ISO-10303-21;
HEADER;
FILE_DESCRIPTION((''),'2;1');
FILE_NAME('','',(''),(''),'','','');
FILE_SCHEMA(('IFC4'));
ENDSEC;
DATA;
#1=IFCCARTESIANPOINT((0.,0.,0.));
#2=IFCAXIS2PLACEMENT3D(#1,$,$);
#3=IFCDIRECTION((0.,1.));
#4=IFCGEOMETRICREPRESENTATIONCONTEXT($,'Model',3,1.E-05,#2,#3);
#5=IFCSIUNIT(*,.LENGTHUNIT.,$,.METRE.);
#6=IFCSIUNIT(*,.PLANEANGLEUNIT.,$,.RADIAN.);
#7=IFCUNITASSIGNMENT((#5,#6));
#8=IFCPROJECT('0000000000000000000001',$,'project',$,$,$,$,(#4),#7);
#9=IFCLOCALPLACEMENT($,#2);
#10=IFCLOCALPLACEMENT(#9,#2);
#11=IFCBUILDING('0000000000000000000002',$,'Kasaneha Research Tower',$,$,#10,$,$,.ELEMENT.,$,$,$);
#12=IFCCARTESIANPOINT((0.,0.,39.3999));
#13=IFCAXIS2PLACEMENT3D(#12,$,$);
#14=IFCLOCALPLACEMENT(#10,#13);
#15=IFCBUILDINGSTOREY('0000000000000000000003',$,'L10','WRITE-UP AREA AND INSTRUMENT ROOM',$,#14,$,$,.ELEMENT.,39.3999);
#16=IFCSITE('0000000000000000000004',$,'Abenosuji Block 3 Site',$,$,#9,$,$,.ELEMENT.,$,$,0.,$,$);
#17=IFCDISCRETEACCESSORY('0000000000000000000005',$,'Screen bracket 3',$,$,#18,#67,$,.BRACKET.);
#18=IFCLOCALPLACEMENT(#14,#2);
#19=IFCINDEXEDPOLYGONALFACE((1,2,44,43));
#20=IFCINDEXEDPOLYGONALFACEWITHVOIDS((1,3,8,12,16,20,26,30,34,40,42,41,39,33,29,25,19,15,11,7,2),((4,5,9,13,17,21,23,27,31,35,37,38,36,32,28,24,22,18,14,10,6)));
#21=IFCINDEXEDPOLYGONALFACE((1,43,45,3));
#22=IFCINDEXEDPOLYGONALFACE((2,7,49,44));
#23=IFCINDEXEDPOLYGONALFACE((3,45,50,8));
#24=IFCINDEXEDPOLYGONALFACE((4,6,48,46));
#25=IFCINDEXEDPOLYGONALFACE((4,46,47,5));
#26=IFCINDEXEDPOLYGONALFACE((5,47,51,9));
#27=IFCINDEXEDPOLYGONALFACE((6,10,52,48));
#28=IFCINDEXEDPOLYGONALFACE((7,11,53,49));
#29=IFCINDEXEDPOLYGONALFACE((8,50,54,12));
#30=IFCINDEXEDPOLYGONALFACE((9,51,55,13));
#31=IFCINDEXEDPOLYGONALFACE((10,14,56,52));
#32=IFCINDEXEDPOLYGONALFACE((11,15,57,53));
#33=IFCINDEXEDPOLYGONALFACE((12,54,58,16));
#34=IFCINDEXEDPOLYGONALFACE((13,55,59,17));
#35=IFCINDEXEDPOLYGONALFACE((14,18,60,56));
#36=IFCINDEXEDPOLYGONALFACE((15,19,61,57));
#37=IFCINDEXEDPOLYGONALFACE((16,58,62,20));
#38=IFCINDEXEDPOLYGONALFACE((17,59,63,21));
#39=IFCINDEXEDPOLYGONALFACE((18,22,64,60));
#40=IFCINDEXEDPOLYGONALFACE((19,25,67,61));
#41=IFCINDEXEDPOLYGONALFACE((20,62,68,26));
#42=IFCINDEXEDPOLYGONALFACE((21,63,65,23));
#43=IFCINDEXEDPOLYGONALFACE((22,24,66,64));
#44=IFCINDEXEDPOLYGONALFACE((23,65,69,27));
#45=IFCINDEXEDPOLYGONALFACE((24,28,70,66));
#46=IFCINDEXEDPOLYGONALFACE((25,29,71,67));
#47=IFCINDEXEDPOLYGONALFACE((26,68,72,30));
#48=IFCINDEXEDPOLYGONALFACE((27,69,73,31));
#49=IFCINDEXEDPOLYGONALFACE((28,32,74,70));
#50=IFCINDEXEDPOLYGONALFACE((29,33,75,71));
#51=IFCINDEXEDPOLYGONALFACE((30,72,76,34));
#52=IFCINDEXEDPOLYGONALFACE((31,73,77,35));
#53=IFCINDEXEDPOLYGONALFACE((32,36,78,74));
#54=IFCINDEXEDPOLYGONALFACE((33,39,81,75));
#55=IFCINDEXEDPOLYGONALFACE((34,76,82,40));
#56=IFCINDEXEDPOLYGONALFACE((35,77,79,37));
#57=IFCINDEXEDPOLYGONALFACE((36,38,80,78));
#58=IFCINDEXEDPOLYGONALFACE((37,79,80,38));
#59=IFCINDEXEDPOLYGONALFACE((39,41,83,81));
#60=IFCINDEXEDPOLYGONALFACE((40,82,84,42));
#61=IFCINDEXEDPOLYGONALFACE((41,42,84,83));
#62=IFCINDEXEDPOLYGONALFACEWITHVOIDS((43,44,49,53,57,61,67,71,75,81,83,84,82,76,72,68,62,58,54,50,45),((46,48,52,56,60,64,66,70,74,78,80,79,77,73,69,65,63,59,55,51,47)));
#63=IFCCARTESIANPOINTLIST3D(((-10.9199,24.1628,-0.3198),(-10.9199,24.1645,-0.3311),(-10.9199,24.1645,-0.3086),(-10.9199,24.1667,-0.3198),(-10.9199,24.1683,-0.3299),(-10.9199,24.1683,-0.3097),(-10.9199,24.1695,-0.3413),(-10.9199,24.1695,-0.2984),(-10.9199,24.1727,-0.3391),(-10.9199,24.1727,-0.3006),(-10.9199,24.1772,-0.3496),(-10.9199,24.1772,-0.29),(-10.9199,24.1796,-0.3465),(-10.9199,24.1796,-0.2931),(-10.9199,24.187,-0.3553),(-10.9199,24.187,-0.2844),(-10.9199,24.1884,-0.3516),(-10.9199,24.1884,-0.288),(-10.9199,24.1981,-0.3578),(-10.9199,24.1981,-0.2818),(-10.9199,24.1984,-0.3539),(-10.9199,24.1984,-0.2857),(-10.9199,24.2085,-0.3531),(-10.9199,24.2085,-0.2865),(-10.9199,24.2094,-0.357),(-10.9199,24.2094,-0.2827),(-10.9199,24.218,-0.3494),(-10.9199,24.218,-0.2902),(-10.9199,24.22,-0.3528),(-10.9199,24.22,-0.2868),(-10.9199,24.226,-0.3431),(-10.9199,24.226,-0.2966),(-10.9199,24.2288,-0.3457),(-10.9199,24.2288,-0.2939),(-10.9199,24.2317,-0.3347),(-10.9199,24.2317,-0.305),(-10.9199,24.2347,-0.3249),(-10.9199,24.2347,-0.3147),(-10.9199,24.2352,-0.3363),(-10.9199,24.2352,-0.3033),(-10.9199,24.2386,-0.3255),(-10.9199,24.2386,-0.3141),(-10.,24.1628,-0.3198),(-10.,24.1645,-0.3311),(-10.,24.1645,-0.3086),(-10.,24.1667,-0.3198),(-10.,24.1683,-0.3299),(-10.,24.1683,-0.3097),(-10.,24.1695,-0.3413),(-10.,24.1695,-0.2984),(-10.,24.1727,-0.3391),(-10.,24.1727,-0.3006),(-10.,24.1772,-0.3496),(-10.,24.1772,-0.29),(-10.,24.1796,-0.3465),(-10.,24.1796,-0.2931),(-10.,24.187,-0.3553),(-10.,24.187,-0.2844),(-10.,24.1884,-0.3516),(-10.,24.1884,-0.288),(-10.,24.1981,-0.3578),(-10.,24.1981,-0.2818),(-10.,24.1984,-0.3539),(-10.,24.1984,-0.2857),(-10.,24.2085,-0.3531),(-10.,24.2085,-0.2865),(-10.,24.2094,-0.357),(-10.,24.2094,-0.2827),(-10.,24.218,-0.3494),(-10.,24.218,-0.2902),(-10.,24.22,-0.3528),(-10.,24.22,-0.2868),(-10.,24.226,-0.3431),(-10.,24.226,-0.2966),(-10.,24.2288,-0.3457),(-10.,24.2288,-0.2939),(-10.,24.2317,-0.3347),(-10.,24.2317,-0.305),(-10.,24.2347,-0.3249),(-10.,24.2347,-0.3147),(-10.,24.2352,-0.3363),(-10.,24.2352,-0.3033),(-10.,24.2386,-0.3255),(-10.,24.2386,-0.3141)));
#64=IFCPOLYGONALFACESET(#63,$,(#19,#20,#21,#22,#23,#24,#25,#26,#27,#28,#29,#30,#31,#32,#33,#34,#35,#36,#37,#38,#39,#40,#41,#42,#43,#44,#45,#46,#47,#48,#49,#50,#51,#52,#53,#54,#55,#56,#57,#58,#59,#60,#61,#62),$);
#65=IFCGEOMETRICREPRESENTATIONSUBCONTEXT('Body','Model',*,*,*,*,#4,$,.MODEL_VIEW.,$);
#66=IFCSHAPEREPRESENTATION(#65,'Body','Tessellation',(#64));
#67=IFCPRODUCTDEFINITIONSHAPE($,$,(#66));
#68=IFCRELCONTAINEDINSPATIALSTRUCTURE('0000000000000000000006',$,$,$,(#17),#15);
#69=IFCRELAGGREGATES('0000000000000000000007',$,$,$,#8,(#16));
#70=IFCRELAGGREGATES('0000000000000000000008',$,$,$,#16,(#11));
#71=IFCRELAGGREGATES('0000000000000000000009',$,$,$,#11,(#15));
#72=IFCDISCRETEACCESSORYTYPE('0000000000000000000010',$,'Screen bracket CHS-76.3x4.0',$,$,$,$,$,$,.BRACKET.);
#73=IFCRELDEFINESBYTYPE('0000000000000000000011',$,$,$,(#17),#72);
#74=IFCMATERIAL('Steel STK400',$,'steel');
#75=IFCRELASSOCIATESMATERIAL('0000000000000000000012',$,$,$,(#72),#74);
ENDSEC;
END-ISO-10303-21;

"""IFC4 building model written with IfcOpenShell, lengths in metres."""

from ifc_helpers import new_model, si_unit, direction, frame, origin, origin_2d, place, context, subcontext, project, spatial, hollow_circle, extrude, material, material_profile, profile_set, type_object, element, save


model = new_model("IFC4")

# Units and contexts
model_context = context("Model", 3, precision=1e-05, world=origin(), true_north=direction((0.0, 1.0)))
body_context = subcontext(model_context, "Body", "Model", "MODEL_VIEW")
ifc_project = project(units=[si_unit("LENGTHUNIT", "METRE"), si_unit("PLANEANGLEUNIT", "RADIAN")], contexts=[model_context])

# Site, building, storey
site_placement = place(None, origin())
site = spatial("IfcSite", under=ifc_project, at=site_placement, Name="Abenosuji Block 3 Site", CompositionType="ELEMENT", RefElevation=0.0)
building_placement = place(site_placement, origin())
building = spatial("IfcBuilding", under=site, at=building_placement, Name="Kasaneha Research Tower", CompositionType="ELEMENT")
storey_placement = place(building_placement, frame((0.0, 0.0, 39.3999)))
storey = spatial("IfcBuildingStorey", under=building, at=storey_placement, Name="L10", Description="WRITE-UP AREA AND INSTRUMENT ROOM", CompositionType="ELEMENT", Elevation=39.3999)

# Discrete accessory
ifc_material_1 = material(Name="Steel STK400", Category="steel")
ifc_material_profile_1 = material_profile(ifc_material_1, hollow_circle(Radius=0.0381, WallThickness=0.0039, at=origin_2d()), Name="CHS-76.3x4.0")
ifc_profile_set_1 = profile_set([ifc_material_profile_1], Name="Steel STK400")
discrete_accessory_type = type_object("IfcDiscreteAccessoryType", Name="Screen bracket CHS-76.3x4.0", PredefinedType="BRACKET", material=ifc_profile_set_1)
for number, where, z_axis, x_axis, name in (
    (1, (-10.0, 24.2009, -0.3198), (-1.0, 0.0, 0.0), (0.0, -1.0, 0.0), "Screen bracket 3"),
):
    element("IfcDiscreteAccessory", number, at=place(storey_placement, frame(where, z_axis=z_axis, x_axis=x_axis)), inside=storey, type_object=discrete_accessory_type, Name=name, PredefinedType="BRACKET", context=body_context, shape_type="SweptSolid", body=[
        extrude(hollow_circle(Radius=0.0381, WallThickness=0.0039, at=origin_2d()), origin(), (0.0, 0.0, 1.0), 0.9199),
    ])

save(model, "model.ifc")
